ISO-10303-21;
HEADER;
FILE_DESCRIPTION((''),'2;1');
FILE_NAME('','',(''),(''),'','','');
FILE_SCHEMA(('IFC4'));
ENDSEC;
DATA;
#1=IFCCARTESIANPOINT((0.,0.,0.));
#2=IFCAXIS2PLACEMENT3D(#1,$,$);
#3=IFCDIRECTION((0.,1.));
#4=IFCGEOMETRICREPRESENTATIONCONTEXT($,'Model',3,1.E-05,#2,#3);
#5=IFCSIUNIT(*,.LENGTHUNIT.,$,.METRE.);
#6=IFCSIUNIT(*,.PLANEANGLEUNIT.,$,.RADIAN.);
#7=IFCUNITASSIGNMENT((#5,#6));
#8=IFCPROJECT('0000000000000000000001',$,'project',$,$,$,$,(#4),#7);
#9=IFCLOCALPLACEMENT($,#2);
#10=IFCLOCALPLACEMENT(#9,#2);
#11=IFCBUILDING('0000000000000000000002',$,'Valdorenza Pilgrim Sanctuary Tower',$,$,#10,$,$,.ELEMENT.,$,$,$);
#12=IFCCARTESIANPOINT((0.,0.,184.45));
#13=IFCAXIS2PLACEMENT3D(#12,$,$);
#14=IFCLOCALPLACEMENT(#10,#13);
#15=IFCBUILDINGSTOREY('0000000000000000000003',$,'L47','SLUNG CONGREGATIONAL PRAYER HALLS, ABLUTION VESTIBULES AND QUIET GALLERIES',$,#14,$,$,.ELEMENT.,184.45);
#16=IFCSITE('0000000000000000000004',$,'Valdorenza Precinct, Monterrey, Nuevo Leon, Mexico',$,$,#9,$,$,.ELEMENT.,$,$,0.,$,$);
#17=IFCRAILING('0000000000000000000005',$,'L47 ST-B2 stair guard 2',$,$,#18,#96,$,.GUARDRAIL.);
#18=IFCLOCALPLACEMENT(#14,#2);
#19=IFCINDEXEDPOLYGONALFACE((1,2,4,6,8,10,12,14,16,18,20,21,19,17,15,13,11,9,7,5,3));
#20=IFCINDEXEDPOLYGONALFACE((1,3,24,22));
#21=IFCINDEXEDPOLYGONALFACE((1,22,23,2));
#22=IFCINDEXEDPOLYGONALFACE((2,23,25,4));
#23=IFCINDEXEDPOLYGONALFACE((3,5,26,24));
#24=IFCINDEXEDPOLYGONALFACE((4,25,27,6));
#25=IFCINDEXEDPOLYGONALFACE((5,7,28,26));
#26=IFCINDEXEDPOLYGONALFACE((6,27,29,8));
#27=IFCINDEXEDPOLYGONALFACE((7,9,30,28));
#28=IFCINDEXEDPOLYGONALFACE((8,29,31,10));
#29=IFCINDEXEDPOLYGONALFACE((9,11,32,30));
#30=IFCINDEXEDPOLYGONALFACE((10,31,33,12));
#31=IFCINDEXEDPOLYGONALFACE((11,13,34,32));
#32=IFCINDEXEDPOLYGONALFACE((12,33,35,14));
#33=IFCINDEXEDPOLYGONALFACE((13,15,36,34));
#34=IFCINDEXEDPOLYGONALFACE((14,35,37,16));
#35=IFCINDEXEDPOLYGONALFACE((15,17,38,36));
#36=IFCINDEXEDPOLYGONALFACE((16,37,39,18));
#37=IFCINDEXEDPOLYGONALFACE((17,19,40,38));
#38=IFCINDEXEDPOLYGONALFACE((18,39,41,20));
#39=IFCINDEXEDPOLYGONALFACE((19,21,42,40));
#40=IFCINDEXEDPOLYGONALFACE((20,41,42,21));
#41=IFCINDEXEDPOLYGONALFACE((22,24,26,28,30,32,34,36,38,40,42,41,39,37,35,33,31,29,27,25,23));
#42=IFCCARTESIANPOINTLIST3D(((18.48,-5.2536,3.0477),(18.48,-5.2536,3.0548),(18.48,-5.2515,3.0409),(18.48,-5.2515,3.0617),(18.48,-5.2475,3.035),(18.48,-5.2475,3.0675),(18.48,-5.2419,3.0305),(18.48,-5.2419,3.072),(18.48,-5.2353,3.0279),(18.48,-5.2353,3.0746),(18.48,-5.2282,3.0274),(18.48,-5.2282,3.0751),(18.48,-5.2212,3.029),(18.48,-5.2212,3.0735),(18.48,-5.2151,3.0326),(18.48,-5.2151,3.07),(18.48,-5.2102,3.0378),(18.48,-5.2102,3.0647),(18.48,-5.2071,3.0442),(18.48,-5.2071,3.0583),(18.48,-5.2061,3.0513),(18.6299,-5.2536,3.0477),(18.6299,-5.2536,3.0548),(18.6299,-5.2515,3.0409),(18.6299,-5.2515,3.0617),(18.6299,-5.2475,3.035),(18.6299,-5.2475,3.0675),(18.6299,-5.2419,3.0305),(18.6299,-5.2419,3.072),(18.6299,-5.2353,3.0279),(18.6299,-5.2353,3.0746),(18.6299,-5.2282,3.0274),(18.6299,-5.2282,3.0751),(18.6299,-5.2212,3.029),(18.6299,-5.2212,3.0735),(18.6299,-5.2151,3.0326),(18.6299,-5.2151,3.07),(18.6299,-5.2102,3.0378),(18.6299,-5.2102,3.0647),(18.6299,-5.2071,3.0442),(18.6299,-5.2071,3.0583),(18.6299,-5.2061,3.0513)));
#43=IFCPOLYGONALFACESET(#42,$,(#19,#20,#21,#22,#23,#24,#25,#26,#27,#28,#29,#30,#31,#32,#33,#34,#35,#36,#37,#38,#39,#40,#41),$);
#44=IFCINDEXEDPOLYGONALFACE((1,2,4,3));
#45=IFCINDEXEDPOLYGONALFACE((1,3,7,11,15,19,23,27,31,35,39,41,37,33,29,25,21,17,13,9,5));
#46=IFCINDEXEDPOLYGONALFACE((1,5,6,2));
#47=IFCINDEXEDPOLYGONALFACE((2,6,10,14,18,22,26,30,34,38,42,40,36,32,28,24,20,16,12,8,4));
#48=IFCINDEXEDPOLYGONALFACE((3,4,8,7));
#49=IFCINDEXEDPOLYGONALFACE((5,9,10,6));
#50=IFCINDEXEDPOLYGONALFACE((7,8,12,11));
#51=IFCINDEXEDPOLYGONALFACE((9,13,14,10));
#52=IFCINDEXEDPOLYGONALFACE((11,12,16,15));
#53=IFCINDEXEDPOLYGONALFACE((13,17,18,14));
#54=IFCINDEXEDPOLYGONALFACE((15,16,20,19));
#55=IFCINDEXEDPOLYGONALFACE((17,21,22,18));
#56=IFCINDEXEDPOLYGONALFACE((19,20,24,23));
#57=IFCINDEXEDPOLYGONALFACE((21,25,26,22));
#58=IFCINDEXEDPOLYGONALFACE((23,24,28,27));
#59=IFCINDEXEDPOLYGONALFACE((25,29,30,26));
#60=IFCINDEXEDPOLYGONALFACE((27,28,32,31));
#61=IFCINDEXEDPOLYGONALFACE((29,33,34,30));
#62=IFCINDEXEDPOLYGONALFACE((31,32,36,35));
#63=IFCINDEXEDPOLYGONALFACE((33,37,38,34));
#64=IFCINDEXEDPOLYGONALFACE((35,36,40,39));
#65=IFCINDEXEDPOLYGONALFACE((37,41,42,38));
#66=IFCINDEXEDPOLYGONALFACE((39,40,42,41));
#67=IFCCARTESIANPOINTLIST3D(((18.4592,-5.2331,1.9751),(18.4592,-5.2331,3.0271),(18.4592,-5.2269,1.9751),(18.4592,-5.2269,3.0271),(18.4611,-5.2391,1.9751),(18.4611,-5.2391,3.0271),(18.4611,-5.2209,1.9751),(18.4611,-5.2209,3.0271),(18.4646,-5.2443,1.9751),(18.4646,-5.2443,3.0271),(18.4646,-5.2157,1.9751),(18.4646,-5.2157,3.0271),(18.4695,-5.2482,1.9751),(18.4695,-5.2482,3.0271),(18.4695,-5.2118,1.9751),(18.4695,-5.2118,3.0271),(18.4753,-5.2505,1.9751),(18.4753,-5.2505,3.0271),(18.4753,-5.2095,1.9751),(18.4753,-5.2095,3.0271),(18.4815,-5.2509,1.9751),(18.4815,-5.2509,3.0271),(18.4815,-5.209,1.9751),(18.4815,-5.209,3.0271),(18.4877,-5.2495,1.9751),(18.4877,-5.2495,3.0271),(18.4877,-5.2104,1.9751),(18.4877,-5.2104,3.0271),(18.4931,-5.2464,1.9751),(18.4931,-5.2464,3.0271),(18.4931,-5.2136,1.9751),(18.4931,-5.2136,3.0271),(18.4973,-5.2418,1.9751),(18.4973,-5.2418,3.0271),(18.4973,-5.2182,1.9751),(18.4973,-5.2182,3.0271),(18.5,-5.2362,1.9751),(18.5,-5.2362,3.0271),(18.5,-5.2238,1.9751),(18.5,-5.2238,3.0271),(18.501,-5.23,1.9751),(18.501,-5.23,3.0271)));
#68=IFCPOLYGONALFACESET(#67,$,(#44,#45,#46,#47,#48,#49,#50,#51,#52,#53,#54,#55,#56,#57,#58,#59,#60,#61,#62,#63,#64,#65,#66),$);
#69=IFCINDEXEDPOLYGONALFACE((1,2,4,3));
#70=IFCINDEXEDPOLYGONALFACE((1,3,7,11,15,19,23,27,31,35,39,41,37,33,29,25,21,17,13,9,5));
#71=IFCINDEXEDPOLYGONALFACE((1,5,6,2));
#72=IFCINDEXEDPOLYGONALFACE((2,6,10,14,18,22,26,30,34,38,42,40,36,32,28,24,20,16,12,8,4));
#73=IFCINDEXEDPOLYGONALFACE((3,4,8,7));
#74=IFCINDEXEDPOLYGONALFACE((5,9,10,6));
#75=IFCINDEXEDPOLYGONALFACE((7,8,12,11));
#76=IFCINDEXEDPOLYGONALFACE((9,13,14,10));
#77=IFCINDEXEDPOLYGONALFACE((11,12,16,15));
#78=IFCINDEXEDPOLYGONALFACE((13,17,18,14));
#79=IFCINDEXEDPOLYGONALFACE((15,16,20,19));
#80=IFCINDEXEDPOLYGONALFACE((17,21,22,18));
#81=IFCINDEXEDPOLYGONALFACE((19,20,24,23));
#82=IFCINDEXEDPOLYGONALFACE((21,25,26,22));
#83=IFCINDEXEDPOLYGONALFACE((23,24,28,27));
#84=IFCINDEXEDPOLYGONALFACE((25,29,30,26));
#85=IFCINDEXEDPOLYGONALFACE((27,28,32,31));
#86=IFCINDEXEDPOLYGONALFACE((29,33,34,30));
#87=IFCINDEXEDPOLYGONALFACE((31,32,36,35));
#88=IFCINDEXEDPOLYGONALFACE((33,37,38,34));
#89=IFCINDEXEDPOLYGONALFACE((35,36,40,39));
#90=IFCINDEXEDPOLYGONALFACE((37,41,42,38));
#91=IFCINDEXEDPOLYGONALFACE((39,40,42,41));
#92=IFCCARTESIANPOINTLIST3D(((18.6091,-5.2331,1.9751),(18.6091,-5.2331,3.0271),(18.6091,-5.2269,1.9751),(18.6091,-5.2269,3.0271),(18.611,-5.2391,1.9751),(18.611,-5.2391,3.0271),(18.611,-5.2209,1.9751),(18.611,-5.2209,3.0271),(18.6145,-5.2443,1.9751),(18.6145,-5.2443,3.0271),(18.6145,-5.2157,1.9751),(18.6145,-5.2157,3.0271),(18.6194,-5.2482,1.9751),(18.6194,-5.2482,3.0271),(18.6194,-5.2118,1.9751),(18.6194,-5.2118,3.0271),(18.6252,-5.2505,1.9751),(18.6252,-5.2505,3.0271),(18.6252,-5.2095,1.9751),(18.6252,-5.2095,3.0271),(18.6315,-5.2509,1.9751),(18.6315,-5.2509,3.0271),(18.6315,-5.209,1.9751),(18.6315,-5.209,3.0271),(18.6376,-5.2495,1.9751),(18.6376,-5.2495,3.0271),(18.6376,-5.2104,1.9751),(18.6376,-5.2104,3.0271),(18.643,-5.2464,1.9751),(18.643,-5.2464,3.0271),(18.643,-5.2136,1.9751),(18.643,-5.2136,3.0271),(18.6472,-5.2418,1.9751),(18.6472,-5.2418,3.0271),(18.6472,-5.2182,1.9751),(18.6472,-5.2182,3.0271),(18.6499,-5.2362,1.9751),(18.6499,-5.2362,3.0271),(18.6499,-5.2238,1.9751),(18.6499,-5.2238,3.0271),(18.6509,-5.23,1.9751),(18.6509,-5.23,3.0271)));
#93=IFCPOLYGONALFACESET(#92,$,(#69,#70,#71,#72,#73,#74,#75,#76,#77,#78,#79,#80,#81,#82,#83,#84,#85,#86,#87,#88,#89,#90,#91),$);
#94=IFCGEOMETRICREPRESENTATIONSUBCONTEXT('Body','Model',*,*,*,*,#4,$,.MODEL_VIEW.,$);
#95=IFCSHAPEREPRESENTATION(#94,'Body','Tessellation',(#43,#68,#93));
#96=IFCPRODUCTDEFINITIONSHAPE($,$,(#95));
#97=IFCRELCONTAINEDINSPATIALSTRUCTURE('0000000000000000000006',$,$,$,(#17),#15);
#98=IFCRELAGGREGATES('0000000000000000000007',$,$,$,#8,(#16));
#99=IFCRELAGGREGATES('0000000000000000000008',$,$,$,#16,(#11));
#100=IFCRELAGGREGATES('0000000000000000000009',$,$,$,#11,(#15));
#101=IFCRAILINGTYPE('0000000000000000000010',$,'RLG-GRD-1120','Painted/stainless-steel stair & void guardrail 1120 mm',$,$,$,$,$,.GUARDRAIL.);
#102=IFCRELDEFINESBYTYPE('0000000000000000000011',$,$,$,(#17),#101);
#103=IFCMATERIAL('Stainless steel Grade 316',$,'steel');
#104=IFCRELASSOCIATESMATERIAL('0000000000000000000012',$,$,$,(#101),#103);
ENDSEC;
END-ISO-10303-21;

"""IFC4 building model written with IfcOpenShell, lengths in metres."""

from ifc_helpers import new_model, si_unit, direction, frame, origin, origin_2d, place, context, subcontext, project, spatial, circle, extrude, material, type_object, element, save


model = new_model("IFC4")

# Units and contexts
model_context = context("Model", 3, precision=1e-05, world=origin(), true_north=direction((0.0, 1.0)))
body_context = subcontext(model_context, "Body", "Model", "MODEL_VIEW")
ifc_project = project(units=[si_unit("LENGTHUNIT", "METRE"), si_unit("PLANEANGLEUNIT", "RADIAN")], contexts=[model_context])

# Site, building, storey
site_placement = place(None, origin())
site = spatial("IfcSite", under=ifc_project, at=site_placement, Name="Valdorenza Precinct, Monterrey, Nuevo Leon, Mexico", CompositionType="ELEMENT", RefElevation=0.0)
building_placement = place(site_placement, origin())
building = spatial("IfcBuilding", under=site, at=building_placement, Name="Valdorenza Pilgrim Sanctuary Tower", CompositionType="ELEMENT")
storey_placement = place(building_placement, frame((0.0, 0.0, 184.45)))
storey = spatial("IfcBuildingStorey", under=building, at=storey_placement, Name="L47", Description="SLUNG CONGREGATIONAL PRAYER HALLS, ABLUTION VESTIBULES AND QUIET GALLERIES", CompositionType="ELEMENT", Elevation=184.45)

# Railing
ifc_material_1 = material(Name="Stainless steel Grade 316", Category="steel")
railing_type_1 = type_object("IfcRailingType", Name="RLG-GRD-1120", Description="Painted/stainless-steel stair & void guardrail 1120 mm", PredefinedType="GUARDRAIL", material=ifc_material_1)
railing_1_placement = place(storey_placement, frame((18.48, -5.23, 1.9751)))
element("IfcRailing", 1, at=railing_1_placement, inside=storey, type_object=railing_type_1, Name="L47 ST-B2 stair guard 2", PredefinedType="GUARDRAIL", context=body_context, shape_type="SweptSolid", body=[
    extrude(circle(Radius=0.0239, at=origin_2d()), frame((0.0, 0.0, 1.0762), z_axis=(1.0, 0.0, 0.0), x_axis=(0.0, 1.0, 0.0)), (0.0, 0.0, 1.0), 0.1499),
    extrude(circle(Radius=0.021, at=origin_2d()), origin(), (0.0, 0.0, 1.0), 1.052),
    extrude(circle(Radius=0.021, at=origin_2d()), frame((0.1499, 0.0, 0.0)), (0.0, 0.0, 1.0), 1.052),
])

save(model, "model.ifc")
